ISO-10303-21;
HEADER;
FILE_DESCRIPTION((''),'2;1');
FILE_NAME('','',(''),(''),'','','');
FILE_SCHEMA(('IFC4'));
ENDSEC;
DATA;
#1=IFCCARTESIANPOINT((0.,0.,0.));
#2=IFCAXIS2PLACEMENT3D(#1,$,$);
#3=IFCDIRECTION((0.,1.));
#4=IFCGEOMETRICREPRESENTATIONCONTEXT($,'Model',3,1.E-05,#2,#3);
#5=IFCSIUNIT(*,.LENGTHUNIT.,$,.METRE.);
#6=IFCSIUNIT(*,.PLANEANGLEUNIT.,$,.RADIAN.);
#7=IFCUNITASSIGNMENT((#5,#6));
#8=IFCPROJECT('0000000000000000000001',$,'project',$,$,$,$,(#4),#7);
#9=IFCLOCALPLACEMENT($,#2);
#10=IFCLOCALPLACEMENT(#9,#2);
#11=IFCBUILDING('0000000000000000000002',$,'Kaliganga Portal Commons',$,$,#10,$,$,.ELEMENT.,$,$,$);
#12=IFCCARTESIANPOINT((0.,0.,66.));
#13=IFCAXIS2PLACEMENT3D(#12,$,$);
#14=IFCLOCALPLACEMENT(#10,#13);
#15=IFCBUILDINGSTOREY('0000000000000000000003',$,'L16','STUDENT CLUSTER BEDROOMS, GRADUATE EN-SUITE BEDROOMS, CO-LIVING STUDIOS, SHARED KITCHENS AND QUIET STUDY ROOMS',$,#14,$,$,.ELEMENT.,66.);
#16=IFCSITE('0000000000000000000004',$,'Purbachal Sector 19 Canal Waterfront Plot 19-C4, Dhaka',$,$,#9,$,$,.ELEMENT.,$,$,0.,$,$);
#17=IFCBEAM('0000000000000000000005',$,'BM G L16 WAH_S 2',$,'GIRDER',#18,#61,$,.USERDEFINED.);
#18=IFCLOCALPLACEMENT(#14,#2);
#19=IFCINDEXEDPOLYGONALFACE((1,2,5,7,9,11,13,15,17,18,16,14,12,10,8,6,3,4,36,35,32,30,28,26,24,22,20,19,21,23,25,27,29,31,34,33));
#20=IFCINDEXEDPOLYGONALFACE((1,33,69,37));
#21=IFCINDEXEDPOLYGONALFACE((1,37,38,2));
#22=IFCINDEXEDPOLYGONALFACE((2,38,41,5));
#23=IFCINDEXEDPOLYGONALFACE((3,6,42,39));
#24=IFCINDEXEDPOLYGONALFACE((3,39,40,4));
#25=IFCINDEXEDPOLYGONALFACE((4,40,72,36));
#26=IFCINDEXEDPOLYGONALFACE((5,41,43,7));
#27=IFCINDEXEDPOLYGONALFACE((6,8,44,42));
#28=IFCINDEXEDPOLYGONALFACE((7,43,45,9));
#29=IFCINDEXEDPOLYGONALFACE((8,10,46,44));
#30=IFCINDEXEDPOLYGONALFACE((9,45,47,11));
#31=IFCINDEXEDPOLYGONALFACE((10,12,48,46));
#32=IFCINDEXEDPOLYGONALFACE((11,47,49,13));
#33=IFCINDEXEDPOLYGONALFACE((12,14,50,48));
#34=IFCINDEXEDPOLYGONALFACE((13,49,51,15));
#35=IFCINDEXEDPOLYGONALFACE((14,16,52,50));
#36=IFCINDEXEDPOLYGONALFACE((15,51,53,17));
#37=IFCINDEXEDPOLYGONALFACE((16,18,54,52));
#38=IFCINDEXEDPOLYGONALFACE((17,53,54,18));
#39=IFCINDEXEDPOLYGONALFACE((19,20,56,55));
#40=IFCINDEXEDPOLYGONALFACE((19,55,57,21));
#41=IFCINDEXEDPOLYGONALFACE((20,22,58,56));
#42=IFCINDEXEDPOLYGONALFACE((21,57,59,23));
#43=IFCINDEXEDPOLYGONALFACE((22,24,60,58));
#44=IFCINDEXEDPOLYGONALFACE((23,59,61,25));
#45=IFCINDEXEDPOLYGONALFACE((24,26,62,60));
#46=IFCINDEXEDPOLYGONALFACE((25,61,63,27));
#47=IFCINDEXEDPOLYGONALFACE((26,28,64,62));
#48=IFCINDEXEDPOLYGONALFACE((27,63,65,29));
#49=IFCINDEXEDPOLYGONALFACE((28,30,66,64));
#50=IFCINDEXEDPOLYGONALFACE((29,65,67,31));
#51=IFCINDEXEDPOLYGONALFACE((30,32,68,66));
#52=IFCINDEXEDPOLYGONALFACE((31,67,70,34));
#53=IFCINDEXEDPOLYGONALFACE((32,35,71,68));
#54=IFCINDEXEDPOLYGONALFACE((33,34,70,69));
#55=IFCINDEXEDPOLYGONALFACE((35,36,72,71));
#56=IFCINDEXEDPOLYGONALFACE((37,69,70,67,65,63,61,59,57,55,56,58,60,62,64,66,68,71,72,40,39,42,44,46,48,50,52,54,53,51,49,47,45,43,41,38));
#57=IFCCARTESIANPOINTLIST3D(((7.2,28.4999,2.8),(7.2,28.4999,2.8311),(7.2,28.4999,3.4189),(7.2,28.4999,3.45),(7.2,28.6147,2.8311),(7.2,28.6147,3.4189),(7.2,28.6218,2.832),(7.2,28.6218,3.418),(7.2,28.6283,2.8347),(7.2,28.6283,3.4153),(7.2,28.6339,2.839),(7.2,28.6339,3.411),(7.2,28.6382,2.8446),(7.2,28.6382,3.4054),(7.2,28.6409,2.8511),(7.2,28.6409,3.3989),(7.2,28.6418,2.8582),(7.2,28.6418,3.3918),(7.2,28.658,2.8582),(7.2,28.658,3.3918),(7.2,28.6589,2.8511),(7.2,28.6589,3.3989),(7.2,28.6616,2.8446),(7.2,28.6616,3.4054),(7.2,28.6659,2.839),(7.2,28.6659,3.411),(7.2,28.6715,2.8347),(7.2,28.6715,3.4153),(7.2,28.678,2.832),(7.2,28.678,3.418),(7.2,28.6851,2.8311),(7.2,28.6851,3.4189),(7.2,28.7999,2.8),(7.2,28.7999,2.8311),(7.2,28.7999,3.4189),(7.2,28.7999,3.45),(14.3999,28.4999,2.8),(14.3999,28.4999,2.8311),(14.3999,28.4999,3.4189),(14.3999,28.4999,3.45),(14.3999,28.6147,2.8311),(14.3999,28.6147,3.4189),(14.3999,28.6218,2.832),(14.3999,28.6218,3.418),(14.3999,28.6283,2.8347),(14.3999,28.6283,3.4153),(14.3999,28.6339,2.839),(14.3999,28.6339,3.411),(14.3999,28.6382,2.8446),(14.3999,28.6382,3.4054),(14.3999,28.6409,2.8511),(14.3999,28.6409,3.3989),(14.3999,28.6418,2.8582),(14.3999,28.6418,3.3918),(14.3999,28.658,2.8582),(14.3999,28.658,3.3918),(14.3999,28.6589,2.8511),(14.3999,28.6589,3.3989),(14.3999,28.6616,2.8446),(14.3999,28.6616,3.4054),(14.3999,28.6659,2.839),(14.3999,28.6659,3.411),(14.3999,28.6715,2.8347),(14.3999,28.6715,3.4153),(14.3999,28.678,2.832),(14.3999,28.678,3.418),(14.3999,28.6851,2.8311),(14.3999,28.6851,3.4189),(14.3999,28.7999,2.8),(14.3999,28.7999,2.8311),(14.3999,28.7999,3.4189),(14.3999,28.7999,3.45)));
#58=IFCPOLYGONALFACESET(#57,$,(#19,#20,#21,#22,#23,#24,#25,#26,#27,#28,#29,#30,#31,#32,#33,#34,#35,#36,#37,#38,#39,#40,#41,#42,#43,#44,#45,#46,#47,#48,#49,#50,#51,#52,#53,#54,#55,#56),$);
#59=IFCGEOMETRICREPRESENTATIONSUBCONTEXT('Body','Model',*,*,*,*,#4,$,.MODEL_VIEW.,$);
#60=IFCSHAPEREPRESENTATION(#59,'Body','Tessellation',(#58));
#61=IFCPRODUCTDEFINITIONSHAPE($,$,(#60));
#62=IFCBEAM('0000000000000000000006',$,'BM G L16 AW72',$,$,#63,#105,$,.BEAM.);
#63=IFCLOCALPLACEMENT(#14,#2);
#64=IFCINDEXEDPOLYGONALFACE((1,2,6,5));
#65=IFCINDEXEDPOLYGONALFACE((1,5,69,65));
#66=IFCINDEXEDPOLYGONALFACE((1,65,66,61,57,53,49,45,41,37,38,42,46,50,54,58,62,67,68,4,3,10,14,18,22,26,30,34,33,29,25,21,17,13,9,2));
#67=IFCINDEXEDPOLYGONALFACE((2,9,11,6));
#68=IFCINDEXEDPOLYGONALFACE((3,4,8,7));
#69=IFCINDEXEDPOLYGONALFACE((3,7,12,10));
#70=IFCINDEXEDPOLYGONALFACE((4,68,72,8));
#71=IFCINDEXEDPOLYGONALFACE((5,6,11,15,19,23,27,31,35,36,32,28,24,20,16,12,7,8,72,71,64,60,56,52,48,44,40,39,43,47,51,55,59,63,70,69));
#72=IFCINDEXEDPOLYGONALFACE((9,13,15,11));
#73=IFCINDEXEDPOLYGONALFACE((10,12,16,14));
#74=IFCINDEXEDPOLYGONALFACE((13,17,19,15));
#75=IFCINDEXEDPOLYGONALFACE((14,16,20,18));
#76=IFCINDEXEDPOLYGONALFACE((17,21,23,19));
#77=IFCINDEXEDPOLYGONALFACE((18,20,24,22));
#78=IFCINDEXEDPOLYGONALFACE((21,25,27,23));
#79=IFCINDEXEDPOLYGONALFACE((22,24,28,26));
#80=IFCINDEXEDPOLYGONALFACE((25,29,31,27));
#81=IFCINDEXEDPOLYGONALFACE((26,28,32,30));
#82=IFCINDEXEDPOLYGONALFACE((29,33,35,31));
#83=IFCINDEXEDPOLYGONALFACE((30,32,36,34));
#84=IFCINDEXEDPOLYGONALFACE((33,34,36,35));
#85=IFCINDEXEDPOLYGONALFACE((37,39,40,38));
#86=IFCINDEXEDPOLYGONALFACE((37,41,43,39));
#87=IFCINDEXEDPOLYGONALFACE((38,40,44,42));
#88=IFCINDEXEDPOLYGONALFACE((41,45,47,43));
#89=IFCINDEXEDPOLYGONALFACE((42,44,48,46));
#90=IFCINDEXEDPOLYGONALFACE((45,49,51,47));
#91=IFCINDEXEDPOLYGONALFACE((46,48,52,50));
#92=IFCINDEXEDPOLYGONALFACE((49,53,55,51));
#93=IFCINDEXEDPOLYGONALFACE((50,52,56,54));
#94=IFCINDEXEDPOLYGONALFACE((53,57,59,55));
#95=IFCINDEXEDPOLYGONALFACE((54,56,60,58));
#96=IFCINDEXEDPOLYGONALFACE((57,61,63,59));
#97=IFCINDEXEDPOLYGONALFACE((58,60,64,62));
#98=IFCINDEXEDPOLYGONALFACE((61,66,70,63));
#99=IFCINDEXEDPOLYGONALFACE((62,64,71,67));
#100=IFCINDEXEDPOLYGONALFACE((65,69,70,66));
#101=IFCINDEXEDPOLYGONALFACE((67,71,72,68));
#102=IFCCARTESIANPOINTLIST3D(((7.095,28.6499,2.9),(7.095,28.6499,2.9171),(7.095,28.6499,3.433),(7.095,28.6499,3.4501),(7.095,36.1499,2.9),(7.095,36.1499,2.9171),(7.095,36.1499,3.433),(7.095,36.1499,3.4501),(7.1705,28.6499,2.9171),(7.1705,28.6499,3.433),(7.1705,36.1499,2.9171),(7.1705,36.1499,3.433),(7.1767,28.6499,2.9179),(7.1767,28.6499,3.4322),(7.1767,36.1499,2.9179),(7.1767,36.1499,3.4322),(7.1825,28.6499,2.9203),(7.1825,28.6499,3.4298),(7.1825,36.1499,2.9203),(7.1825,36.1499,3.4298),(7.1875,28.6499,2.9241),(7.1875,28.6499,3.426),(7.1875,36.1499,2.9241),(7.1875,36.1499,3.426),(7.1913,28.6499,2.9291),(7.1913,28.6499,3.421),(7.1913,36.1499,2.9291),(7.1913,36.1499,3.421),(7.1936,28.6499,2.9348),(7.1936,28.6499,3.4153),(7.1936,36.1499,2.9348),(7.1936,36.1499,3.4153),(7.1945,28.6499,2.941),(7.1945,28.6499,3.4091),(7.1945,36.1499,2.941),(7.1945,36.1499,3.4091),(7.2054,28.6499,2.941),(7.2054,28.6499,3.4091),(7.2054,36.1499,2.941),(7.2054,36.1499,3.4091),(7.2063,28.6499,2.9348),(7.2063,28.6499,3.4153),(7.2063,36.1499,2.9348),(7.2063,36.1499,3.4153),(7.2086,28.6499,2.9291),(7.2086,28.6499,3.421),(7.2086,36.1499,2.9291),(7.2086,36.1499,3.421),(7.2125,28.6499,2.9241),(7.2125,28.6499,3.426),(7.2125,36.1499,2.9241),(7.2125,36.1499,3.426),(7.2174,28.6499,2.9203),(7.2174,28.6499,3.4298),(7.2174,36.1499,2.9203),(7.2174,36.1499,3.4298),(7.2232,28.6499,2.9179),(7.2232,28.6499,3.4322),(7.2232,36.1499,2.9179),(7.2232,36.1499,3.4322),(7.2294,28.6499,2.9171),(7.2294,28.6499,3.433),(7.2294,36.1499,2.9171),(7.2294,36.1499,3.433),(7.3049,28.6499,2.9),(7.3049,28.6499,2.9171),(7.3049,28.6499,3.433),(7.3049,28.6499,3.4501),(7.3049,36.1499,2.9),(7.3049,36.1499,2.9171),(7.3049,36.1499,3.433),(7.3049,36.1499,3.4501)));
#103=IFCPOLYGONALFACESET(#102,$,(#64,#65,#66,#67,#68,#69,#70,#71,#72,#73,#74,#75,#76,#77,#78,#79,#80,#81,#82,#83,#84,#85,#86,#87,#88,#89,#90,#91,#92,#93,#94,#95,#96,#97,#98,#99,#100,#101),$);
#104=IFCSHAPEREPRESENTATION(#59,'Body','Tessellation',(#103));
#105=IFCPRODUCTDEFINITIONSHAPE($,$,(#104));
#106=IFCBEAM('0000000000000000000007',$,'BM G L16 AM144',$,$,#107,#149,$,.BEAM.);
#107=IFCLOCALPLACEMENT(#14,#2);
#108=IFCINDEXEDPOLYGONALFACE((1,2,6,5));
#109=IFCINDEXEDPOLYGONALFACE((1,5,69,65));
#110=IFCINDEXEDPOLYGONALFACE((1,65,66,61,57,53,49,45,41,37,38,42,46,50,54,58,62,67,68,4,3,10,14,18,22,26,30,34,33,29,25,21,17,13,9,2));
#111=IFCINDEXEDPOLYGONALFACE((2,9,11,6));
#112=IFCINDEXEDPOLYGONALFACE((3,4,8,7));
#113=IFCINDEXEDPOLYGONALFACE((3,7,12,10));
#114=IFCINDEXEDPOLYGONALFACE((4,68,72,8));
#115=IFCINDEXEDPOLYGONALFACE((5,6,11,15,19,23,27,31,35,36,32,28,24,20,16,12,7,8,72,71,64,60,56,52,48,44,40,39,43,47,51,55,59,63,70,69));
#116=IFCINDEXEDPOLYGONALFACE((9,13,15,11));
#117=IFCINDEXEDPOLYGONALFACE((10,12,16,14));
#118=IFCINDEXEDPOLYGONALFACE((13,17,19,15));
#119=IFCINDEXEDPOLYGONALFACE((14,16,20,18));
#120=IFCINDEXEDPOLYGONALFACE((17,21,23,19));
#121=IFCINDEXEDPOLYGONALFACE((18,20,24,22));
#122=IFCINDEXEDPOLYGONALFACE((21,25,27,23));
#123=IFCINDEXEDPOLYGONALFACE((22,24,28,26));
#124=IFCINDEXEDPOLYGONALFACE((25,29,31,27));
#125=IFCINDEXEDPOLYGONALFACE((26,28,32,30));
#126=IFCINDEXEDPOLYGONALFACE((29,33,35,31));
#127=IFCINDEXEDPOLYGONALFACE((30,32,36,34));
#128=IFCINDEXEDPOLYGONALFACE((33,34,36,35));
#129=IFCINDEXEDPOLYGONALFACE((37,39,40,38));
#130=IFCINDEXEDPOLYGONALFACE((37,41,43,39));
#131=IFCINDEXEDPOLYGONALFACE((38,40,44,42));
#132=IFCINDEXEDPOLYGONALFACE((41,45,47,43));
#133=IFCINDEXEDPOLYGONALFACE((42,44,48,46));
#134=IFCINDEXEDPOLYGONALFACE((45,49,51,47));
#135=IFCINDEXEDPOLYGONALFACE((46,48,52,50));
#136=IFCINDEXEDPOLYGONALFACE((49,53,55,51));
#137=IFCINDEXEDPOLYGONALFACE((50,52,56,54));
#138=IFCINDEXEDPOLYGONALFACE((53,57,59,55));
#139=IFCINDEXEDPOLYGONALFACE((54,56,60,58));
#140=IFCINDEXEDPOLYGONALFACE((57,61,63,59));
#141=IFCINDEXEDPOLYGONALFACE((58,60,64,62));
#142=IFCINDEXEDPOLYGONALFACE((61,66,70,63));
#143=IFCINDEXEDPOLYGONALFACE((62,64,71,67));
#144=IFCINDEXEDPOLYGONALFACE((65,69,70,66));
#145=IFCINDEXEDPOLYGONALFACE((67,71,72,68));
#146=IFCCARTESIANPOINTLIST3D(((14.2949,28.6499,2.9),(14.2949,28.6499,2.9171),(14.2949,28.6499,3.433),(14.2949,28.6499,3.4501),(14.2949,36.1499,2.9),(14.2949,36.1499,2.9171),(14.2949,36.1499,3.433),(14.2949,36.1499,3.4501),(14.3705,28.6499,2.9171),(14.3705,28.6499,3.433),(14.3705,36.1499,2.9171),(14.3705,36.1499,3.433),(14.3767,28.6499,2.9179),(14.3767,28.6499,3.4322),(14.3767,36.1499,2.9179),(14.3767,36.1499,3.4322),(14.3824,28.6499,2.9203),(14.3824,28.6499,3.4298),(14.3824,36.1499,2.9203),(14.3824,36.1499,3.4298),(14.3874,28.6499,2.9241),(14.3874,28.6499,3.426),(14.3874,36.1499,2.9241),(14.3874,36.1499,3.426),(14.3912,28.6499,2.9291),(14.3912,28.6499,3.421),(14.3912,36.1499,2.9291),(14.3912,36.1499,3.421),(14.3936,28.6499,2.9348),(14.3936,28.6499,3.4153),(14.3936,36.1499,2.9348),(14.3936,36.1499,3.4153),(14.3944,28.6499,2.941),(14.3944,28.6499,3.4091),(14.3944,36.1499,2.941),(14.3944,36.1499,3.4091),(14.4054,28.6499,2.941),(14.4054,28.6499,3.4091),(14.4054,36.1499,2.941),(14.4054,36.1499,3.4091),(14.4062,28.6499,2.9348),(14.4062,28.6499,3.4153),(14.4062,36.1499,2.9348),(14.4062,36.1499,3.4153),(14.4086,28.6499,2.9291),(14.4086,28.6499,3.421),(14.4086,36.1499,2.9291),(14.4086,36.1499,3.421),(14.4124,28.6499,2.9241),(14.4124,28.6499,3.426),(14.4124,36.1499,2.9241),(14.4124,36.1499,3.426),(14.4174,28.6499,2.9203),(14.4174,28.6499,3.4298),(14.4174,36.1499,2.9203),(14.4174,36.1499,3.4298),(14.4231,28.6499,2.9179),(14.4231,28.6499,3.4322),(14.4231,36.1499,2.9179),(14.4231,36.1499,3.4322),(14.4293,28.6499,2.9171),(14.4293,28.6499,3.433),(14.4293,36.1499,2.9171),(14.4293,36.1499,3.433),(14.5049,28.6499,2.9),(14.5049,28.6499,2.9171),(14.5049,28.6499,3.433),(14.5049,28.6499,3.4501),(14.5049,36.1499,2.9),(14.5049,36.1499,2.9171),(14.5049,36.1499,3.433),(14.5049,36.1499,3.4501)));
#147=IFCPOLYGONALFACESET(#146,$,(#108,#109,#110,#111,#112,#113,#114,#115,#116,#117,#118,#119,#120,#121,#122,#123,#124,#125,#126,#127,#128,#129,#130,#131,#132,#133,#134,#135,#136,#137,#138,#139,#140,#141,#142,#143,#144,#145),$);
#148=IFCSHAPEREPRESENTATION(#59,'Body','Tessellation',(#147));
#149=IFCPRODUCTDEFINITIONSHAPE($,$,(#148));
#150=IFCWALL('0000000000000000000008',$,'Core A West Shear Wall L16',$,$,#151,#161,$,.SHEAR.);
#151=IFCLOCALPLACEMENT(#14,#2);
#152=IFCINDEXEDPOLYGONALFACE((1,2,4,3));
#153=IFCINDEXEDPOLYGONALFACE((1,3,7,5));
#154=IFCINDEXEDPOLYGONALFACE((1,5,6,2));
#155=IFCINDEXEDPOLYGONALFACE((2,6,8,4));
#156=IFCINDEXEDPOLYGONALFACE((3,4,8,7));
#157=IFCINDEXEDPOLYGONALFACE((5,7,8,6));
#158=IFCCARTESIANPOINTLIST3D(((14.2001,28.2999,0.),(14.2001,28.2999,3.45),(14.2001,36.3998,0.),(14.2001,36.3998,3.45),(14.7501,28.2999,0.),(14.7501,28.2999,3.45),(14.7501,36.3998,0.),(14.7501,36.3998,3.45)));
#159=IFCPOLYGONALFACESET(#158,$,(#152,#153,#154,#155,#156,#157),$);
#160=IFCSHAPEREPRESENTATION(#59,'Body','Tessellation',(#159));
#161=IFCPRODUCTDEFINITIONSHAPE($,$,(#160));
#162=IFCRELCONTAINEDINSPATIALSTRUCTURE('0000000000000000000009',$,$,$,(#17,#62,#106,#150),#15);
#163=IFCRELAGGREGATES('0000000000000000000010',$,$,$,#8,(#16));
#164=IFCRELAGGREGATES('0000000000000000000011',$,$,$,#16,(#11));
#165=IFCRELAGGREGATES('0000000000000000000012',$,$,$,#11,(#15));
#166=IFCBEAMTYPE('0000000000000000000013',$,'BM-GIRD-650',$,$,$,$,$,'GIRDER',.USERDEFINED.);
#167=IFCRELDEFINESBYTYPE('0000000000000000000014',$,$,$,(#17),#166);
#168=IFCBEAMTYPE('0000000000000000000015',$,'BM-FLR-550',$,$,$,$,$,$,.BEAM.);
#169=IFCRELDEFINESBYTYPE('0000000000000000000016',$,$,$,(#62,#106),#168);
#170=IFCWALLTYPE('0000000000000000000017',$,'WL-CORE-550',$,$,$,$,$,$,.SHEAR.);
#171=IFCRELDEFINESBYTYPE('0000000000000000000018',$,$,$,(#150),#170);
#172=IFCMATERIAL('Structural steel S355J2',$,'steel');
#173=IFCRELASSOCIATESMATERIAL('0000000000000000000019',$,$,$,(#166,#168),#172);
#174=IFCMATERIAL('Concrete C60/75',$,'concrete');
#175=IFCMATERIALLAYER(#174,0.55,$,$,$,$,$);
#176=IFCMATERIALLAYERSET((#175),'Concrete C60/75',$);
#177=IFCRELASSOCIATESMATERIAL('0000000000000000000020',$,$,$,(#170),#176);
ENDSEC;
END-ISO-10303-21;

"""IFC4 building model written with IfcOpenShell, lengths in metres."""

from ifc_helpers import new_model, si_unit, direction, frame, frame_2d, origin, origin_2d, place, context, subcontext, project, spatial, rectangle, i_section, extrude, source, transform, mapped, material, layer, layer_set, material_profile, profile_set, type_object, element, save


model = new_model("IFC4")

# Units and contexts
model_context = context("Model", 3, precision=1e-05, world=origin(), true_north=direction((0.0, 1.0)))
body_context = subcontext(model_context, "Body", "Model", "MODEL_VIEW")
ifc_project = project(units=[si_unit("LENGTHUNIT", "METRE"), si_unit("PLANEANGLEUNIT", "RADIAN")], contexts=[model_context])

# Site, building, storey
site_placement = place(None, origin())
site = spatial("IfcSite", under=ifc_project, at=site_placement, Name="Purbachal Sector 19 Canal Waterfront Plot 19-C4, Dhaka", CompositionType="ELEMENT", RefElevation=0.0)
building_placement = place(site_placement, origin())
building = spatial("IfcBuilding", under=site, at=building_placement, Name="Kaliganga Portal Commons", CompositionType="ELEMENT")
storey_placement = place(building_placement, frame((0.0, 0.0, 66.0)))
storey = spatial("IfcBuildingStorey", under=building, at=storey_placement, Name="L16", Description="STUDENT CLUSTER BEDROOMS, GRADUATE EN-SUITE BEDROOMS, CO-LIVING STUDIOS, SHARED KITCHENS AND QUIET STUDY ROOMS", CompositionType="ELEMENT", Elevation=66.0)

# Beams
ifc_material_1 = material(Name="Structural steel S355J2", Category="steel")
ifc_material_profile_1 = material_profile(ifc_material_1, i_section(OverallWidth=0.3, OverallDepth=0.6499, WebThickness=0.0161, FlangeThickness=0.031, FilletRadius=0.0271, at=origin_2d()), Name="HE 650 B")
ifc_profile_set_1 = profile_set([ifc_material_profile_1], Name="Structural steel S355J2 wide-flange")
beam_type_1 = type_object("IfcBeamType", Name="BM-GIRD-650", ElementType="GIRDER", PredefinedType="USERDEFINED", material=ifc_profile_set_1)
shared_shape_1 = source(origin(), body_context, "Body", "SweptSolid", [
    extrude(i_section(OverallWidth=0.3, OverallDepth=0.6499, WebThickness=0.0161, FlangeThickness=0.031, FilletRadius=0.0271, at=origin_2d()), origin(), (0.0, 0.0, 1.0), 7.2),
])
beam_1_placement = place(storey_placement, frame((7.2, 28.6499, 3.125), z_axis=(1.0, 0.0, 0.0), x_axis=(0.0, 1.0, 0.0)))
element("IfcBeam", 1, at=beam_1_placement, inside=storey, type_object=beam_type_1, Name="BM G L16 WAH_S 2", ObjectType="GIRDER", PredefinedType="USERDEFINED", context=body_context, shape_type="MappedRepresentation", body=[
    mapped(shared_shape_1, transform((0.0, 0.0, 0.0), x_axis=(1.0, 0.0, 0.0), y_axis=(0.0, 1.0, 0.0), z_axis=(0.0, 0.0, 1.0), scale=1.0)),
])
ifc_material_profile_2 = material_profile(ifc_material_1, i_section(OverallWidth=0.21, OverallDepth=0.55, WebThickness=0.011, FlangeThickness=0.0171, FilletRadius=0.0239, at=origin_2d()), Name="IPE 550")
ifc_profile_set_2 = profile_set([ifc_material_profile_2], Name="Structural steel S355J2 wide-flange")
beam_type_2 = type_object("IfcBeamType", Name="BM-FLR-550", PredefinedType="BEAM", material=ifc_profile_set_2)
shared_shape_2 = source(origin(), body_context, "Body", "SweptSolid", [
    extrude(i_section(OverallWidth=0.21, OverallDepth=0.55, WebThickness=0.011, FlangeThickness=0.0171, FilletRadius=0.0239, at=origin_2d()), origin(), (0.0, 0.0, 1.0), 7.5),
])
for number, where, z_axis, x_axis, name in (
    (2, (7.2, 28.6499, 3.175), (0.0, 1.0, 0.0), (-1.0, 0.0, 0.0), "BM G L16 AW72"),
    (3, (14.3999, 28.6499, 3.175), (0.0, 1.0, 0.0), (-1.0, 0.0, 0.0), "BM G L16 AM144"),
):
    element("IfcBeam", number, at=place(storey_placement, frame(where, z_axis=z_axis, x_axis=x_axis)), inside=storey, type_object=beam_type_2, Name=name, PredefinedType="BEAM", context=body_context, shape_type="MappedRepresentation", body=[
        mapped(shared_shape_2, transform((0.0, 0.0, 0.0), x_axis=(1.0, 0.0, 0.0), y_axis=(0.0, 1.0, 0.0), z_axis=(0.0, 0.0, 1.0), scale=1.0)),
    ])

# Wall
ifc_material_2 = material(Name="Concrete C60/75", Category="concrete")
ifc_layer_1 = layer(ifc_material_2, 0.55)
ifc_layer_set_1 = layer_set([ifc_layer_1], Name="Concrete C60/75")
wall_type_1 = type_object("IfcWallType", Name="WL-CORE-550", PredefinedType="SHEAR", material=ifc_layer_set_1)
wall_1_placement = place(storey_placement, frame((14.4751, 28.3, 0.0), z_axis=(0.0, 0.0, 1.0), x_axis=(0.0, 1.0, 0.0)))
element("IfcWall", 4, at=wall_1_placement, inside=storey, type_object=wall_type_1, Name="Core A West Shear Wall L16", PredefinedType="SHEAR", context=body_context, shape_type="SweptSolid", body=[
    extrude(rectangle(XDim=8.0999, YDim=0.55, at=frame_2d((4.0498, 0.0))), origin(), (0.0, 0.0, 1.0), 3.45),
])

save(model, "model.ifc")
